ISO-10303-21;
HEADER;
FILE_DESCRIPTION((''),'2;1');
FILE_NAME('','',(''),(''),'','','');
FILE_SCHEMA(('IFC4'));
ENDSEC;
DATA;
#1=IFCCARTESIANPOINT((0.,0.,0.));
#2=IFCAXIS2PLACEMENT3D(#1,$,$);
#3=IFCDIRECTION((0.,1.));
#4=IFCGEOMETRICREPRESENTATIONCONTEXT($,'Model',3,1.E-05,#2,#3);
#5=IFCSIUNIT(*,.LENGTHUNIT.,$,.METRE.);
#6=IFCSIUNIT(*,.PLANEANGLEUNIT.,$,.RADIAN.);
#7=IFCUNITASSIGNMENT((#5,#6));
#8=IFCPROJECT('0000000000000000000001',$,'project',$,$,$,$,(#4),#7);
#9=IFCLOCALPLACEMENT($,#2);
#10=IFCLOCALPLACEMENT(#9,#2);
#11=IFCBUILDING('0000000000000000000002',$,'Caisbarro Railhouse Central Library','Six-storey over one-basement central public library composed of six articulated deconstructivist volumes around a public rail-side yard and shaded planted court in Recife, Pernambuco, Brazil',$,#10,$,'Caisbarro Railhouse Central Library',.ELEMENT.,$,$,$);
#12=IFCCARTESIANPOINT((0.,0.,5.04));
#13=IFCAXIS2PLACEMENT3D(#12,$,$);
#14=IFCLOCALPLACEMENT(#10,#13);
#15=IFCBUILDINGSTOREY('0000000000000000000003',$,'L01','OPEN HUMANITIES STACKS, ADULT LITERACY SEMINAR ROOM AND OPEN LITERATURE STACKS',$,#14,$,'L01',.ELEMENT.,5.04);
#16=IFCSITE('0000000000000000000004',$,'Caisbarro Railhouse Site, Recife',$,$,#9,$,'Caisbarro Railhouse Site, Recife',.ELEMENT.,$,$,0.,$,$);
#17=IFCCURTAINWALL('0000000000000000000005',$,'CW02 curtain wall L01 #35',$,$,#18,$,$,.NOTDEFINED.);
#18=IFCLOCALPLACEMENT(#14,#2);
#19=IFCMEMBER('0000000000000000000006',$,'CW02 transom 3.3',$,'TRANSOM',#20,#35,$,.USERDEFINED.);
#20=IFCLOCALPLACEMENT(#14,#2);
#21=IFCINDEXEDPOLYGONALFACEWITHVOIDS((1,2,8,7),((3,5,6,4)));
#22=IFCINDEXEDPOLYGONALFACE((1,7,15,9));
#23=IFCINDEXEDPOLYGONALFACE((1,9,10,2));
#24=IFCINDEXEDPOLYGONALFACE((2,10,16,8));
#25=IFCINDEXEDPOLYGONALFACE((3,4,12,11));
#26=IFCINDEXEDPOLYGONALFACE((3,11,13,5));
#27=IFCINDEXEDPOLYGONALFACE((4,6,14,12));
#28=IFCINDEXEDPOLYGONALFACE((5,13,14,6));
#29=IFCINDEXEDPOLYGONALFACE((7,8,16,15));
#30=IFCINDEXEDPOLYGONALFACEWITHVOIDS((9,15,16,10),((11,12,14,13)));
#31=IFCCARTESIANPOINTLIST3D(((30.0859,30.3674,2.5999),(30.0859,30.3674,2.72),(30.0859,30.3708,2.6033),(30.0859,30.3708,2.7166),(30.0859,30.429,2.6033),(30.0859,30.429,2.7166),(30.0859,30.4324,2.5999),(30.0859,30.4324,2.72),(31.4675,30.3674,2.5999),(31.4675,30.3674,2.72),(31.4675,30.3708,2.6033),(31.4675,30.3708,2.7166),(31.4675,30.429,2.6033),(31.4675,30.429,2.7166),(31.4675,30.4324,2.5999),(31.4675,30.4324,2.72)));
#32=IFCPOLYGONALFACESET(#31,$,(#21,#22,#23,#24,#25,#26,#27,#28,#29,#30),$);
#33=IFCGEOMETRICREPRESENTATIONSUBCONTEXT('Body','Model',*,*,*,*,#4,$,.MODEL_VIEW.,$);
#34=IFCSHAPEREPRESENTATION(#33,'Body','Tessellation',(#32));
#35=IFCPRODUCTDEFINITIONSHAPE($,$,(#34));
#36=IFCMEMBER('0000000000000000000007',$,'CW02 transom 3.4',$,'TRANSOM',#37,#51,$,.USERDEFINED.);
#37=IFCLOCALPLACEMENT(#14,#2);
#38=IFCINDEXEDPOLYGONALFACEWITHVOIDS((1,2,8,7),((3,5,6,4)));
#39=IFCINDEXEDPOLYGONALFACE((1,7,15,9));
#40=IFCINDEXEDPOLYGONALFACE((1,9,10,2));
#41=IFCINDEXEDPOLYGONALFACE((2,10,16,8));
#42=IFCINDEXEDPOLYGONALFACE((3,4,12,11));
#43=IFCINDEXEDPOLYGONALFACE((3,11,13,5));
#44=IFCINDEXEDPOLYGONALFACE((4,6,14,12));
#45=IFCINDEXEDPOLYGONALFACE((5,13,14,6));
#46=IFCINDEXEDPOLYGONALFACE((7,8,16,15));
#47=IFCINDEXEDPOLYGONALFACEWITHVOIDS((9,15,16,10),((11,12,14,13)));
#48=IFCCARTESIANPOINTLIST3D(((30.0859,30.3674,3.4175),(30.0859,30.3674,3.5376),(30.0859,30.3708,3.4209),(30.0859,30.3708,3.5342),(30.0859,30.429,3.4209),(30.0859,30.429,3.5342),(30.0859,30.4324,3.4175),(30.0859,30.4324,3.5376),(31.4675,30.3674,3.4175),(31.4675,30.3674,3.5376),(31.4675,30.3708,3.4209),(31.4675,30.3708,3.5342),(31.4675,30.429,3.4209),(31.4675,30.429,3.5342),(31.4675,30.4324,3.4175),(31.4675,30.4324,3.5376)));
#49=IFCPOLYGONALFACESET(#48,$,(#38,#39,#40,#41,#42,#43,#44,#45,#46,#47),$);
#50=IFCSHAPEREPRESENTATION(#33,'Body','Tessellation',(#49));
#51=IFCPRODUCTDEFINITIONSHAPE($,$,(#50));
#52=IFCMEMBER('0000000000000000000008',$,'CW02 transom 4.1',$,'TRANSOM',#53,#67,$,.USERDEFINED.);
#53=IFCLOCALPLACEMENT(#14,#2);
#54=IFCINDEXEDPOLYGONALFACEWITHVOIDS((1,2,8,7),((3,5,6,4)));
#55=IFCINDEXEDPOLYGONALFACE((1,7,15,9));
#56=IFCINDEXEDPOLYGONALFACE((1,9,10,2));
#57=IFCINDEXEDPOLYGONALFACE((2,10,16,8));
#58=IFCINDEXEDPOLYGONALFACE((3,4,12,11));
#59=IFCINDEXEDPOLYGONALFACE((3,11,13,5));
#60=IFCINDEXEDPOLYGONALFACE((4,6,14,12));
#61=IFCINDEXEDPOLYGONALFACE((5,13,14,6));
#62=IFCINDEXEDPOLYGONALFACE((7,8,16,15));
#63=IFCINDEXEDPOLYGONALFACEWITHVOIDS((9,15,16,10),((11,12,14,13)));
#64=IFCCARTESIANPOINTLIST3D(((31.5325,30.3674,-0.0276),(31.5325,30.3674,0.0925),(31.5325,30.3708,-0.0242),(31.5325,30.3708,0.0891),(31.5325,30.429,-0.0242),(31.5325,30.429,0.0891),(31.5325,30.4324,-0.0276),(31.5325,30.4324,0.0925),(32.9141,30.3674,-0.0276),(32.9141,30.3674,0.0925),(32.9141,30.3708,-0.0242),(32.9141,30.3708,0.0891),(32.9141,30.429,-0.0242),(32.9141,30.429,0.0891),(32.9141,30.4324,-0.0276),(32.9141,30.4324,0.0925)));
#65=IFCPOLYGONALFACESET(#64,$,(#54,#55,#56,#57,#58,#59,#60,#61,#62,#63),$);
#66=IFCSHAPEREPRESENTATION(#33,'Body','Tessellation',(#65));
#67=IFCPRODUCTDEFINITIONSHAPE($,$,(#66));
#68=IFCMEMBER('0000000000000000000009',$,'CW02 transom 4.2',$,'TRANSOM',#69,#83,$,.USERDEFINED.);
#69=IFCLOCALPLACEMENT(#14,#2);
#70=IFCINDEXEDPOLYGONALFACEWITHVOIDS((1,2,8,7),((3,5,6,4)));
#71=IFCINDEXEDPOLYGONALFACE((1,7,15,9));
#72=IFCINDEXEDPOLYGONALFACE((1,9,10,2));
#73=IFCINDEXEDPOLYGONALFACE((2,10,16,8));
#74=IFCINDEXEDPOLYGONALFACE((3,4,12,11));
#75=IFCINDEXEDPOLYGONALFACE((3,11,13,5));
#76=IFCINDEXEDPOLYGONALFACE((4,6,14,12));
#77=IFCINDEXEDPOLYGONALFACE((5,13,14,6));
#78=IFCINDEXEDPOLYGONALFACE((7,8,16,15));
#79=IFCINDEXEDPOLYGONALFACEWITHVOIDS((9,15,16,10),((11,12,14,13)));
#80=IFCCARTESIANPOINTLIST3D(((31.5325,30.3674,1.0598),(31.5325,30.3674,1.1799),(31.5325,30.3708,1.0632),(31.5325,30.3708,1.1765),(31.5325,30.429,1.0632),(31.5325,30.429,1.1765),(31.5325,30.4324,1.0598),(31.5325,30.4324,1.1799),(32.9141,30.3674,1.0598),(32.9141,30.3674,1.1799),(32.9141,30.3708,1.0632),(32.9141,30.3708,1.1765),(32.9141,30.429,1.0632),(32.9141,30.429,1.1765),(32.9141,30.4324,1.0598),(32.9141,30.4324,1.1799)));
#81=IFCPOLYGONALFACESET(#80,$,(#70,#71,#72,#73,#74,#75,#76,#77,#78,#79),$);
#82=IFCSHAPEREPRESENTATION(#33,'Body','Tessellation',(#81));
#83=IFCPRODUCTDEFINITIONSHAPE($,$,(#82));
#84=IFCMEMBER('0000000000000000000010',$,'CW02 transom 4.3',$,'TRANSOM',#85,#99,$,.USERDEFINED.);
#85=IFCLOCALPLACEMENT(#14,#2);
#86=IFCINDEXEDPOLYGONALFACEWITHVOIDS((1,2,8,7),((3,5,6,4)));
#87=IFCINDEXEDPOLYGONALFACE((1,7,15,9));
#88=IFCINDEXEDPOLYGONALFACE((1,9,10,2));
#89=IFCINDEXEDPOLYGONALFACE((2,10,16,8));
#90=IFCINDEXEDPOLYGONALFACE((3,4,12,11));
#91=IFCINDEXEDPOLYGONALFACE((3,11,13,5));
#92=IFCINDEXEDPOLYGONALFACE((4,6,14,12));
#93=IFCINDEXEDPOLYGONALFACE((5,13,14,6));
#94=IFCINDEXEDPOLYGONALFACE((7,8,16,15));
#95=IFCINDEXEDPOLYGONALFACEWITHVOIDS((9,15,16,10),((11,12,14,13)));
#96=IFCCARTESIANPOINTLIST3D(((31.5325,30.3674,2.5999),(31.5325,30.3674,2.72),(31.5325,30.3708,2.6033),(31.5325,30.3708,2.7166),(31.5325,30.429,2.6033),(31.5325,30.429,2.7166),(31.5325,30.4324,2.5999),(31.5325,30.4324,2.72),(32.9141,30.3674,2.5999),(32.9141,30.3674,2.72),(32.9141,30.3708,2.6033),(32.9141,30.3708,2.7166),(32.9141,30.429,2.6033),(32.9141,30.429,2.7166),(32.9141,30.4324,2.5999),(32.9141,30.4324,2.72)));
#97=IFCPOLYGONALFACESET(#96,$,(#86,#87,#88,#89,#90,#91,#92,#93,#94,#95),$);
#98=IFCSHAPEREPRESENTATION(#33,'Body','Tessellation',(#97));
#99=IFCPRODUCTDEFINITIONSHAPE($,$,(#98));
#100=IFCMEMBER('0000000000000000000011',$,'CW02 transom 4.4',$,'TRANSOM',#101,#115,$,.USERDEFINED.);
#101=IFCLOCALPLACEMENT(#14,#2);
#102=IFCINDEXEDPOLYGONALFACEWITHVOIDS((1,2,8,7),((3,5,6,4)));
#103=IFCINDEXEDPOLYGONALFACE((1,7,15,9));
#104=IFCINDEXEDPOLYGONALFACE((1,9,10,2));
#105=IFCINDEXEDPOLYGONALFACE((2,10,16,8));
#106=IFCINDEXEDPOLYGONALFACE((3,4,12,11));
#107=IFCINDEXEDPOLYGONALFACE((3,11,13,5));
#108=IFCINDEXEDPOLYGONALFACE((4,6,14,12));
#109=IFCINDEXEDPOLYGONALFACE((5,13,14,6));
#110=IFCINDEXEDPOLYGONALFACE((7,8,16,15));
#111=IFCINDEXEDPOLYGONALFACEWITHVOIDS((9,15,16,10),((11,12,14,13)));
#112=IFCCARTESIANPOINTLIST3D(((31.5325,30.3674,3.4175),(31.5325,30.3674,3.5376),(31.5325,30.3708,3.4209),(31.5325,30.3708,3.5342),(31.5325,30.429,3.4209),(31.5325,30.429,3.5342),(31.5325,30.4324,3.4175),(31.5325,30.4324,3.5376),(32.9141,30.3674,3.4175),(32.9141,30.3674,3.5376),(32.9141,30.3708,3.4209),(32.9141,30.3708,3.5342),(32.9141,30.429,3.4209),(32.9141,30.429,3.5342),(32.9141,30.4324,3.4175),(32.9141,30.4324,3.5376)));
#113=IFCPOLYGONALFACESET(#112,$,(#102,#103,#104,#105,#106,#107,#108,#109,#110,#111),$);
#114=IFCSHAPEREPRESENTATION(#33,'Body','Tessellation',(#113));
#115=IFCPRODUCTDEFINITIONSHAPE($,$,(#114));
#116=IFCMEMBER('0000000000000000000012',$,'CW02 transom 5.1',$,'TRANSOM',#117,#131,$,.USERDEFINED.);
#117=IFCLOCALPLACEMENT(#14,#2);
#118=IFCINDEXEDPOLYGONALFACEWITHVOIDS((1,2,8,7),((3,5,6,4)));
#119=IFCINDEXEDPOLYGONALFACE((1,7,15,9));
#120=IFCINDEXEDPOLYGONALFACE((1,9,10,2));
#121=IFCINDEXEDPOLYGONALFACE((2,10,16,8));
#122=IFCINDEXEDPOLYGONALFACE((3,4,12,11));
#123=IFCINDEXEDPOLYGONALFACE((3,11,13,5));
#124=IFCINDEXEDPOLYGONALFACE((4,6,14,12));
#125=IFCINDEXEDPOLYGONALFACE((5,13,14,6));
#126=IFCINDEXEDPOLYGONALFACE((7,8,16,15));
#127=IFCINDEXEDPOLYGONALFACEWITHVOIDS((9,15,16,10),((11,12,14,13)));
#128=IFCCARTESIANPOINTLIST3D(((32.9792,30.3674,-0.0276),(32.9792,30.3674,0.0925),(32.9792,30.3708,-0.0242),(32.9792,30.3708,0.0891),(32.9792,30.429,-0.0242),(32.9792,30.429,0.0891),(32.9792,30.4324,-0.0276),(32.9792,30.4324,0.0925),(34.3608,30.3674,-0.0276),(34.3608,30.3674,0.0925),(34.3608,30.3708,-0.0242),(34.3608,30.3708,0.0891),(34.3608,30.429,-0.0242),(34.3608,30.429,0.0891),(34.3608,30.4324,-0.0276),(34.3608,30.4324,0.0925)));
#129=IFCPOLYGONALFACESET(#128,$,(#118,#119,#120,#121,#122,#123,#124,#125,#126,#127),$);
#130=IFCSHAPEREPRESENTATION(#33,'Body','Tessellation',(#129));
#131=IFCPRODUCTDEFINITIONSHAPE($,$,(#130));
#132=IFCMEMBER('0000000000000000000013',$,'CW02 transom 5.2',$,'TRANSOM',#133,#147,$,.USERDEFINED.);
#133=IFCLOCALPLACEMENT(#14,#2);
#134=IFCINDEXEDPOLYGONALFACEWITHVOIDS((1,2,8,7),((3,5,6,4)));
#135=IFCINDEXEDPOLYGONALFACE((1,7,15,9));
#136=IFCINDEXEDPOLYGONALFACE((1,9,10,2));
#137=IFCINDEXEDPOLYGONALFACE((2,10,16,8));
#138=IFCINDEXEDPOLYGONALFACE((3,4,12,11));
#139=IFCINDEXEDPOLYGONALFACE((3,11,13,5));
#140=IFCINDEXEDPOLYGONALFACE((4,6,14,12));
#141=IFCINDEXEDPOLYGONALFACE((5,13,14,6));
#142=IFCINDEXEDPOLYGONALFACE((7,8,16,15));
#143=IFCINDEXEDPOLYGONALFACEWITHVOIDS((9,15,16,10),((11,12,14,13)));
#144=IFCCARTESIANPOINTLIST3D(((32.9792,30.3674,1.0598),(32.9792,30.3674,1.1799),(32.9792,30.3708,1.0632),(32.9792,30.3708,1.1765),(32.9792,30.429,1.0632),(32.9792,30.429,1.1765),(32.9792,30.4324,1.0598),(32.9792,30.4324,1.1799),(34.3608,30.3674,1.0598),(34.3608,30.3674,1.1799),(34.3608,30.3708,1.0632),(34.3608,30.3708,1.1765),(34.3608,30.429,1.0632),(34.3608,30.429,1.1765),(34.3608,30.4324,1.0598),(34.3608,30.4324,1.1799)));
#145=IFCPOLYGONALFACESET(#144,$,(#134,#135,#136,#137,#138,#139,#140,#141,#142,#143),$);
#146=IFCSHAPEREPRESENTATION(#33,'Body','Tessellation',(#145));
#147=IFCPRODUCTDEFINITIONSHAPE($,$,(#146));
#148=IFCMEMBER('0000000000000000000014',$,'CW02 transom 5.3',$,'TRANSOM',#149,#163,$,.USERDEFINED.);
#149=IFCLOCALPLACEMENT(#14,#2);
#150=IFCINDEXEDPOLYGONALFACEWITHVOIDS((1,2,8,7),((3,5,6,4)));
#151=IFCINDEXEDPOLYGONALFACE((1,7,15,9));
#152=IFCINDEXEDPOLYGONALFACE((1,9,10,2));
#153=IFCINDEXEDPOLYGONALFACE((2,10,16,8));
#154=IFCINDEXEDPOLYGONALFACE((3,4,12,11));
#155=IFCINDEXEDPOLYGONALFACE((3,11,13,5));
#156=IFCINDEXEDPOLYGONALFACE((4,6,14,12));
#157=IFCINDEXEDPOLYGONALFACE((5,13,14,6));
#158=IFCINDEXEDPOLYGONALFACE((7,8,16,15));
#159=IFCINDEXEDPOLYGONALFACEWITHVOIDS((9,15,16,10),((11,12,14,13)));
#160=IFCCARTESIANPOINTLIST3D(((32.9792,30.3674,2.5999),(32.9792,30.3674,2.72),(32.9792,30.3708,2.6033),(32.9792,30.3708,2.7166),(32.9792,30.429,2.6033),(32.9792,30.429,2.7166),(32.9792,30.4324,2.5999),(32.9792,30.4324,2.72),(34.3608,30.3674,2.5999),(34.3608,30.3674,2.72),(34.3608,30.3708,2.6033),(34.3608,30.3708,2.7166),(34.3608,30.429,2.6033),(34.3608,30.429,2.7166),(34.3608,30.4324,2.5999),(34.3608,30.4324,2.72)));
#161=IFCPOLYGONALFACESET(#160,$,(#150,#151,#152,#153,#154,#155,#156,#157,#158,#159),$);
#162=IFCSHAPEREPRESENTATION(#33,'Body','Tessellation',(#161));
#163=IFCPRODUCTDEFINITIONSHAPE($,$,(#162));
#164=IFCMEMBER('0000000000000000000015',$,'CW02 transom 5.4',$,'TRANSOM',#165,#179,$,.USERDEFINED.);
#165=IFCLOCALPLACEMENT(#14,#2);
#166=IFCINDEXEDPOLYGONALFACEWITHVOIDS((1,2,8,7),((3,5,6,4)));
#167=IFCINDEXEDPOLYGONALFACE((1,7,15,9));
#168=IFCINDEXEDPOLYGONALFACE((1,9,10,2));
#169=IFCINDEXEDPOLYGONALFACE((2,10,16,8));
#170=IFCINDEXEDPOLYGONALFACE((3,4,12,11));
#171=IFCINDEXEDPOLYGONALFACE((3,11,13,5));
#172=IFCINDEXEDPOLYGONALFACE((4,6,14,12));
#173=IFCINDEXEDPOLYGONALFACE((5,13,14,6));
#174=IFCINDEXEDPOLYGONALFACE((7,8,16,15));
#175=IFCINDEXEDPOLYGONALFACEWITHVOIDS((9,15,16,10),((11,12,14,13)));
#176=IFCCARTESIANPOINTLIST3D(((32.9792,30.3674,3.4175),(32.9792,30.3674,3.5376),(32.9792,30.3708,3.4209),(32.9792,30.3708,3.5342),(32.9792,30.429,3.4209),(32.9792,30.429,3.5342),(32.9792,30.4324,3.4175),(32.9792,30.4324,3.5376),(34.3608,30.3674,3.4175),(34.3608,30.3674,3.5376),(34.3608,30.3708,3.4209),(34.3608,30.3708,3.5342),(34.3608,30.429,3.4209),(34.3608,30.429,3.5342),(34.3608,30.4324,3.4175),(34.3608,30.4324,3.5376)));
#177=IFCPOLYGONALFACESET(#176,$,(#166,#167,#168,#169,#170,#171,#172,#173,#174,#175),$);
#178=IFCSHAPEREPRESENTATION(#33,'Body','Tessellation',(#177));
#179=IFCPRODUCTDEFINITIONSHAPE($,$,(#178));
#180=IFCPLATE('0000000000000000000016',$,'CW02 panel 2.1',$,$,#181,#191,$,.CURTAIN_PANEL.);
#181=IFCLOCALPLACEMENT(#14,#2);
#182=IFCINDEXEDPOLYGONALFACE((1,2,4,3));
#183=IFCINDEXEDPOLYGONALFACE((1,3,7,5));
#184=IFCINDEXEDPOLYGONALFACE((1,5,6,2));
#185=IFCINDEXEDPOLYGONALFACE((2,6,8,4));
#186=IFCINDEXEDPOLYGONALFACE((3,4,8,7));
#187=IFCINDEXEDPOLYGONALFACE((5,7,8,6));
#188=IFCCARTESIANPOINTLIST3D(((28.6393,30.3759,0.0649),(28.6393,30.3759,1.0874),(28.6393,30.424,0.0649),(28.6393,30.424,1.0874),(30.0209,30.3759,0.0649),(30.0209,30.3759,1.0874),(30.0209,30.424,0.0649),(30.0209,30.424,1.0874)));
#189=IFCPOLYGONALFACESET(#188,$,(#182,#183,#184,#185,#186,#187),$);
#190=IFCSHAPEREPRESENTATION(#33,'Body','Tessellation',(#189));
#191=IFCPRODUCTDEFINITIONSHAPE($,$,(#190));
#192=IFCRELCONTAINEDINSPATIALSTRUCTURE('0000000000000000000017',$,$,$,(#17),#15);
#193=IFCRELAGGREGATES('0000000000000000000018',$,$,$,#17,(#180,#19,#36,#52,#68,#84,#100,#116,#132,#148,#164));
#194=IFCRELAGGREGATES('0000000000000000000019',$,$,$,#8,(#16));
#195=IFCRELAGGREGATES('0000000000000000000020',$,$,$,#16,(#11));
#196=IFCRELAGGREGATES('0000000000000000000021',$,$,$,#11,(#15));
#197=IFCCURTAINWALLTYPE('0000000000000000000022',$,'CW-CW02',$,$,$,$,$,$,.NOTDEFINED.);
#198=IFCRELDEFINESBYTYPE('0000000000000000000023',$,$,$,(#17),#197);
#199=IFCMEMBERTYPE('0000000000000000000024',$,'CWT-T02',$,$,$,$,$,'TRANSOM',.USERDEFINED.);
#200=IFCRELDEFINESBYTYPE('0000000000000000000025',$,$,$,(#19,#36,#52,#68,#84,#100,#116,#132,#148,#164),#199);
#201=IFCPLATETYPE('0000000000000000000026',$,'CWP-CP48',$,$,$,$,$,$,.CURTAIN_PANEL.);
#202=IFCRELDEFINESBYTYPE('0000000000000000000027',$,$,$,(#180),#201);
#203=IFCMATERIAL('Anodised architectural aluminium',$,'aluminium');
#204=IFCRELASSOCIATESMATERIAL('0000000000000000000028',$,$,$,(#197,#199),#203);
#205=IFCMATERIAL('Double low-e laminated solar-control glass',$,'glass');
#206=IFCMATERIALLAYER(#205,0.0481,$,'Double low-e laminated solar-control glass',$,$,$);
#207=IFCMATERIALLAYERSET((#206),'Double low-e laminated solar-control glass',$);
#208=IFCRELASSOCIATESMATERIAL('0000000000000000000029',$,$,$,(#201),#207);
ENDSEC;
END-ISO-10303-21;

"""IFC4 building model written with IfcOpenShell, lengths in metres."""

from ifc_helpers import new_model, si_unit, direction, frame, origin, origin_2d, place, context, subcontext, project, spatial, rectangle, hollow_rectangle, extrude, material, layer, layer_set, material_profile, profile_set, type_object, element, aggregate, save


model = new_model("IFC4")

# Units and contexts
model_context = context("Model", 3, precision=1e-05, world=origin(), true_north=direction((0.0, 1.0)))
body_context = subcontext(model_context, "Body", "Model", "MODEL_VIEW")
ifc_project = project(units=[si_unit("LENGTHUNIT", "METRE"), si_unit("PLANEANGLEUNIT", "RADIAN")], contexts=[model_context])

# Site, building, storey
site_placement = place(None, origin())
site = spatial("IfcSite", under=ifc_project, at=site_placement, Name="Caisbarro Railhouse Site, Recife", LongName="Caisbarro Railhouse Site, Recife", CompositionType="ELEMENT", RefElevation=0.0)
building_placement = place(site_placement, origin())
building = spatial("IfcBuilding", under=site, at=building_placement, Name="Caisbarro Railhouse Central Library", Description="Six-storey over one-basement central public library composed of six articulated deconstructivist volumes around a public rail-side yard and shaded planted court in Recife, Pernambuco, Brazil", LongName="Caisbarro Railhouse Central Library", CompositionType="ELEMENT")
storey_placement = place(building_placement, frame((0.0, 0.0, 5.04)))
storey = spatial("IfcBuildingStorey", under=building, at=storey_placement, Name="L01", Description="OPEN HUMANITIES STACKS, ADULT LITERACY SEMINAR ROOM AND OPEN LITERATURE STACKS", LongName="L01", CompositionType="ELEMENT", Elevation=5.04)

# Curtain wall, members, plate
ifc_material_1 = material(Name="Anodised architectural aluminium", Category="aluminium")
curtain_wall_type = type_object("IfcCurtainWallType", Name="CW-CW02", PredefinedType="NOTDEFINED", material=ifc_material_1)
curtain_wall_placement = place(storey_placement, origin())
curtain_wall = element("IfcCurtainWall", 1, at=curtain_wall_placement, inside=storey, type_object=curtain_wall_type, Name="CW02 curtain wall L01 #35", PredefinedType="NOTDEFINED")
ifc_material_profile_1 = material_profile(ifc_material_1, hollow_rectangle(XDim=0.0649, YDim=0.1201, WallThickness=0.0034, at=origin_2d()), Name="ALU-TRN-65X120")
ifc_profile_set_1 = profile_set([ifc_material_profile_1], Name="Anodised architectural aluminium")
member_type_1 = type_object("IfcMemberType", Name="CWT-T02", ElementType="TRANSOM", PredefinedType="USERDEFINED", material=ifc_profile_set_1)
member_1_placement = place(storey_placement, frame((30.0859, 30.3999, 2.6599), z_axis=(1.0, 0.0, 0.0), x_axis=(0.0, 1.0, 0.0)))
member_1 = element("IfcMember", 2, at=member_1_placement, type_object=member_type_1, Name="CW02 transom 3.3", ObjectType="TRANSOM", PredefinedType="USERDEFINED", context=body_context, shape_type="SweptSolid", body=[
    extrude(hollow_rectangle(XDim=0.0649, YDim=0.1201, WallThickness=0.0034, at=origin_2d()), origin(), (0.0, 0.0, 1.0), 1.3816),
])
member_2_placement = place(storey_placement, frame((30.0859, 30.3999, 3.4775), z_axis=(1.0, 0.0, 0.0), x_axis=(0.0, 1.0, 0.0)))
member_2 = element("IfcMember", 3, at=member_2_placement, type_object=member_type_1, Name="CW02 transom 3.4", ObjectType="TRANSOM", PredefinedType="USERDEFINED", context=body_context, shape_type="SweptSolid", body=[
    extrude(hollow_rectangle(XDim=0.0649, YDim=0.1201, WallThickness=0.0034, at=origin_2d()), origin(), (0.0, 0.0, 1.0), 1.3816),
])
member_3_placement = place(storey_placement, frame((31.5325, 30.3999, 0.0325), z_axis=(1.0, 0.0, 0.0), x_axis=(0.0, 1.0, 0.0)))
member_3 = element("IfcMember", 4, at=member_3_placement, type_object=member_type_1, Name="CW02 transom 4.1", ObjectType="TRANSOM", PredefinedType="USERDEFINED", context=body_context, shape_type="SweptSolid", body=[
    extrude(hollow_rectangle(XDim=0.0649, YDim=0.1201, WallThickness=0.0034, at=origin_2d()), origin(), (0.0, 0.0, 1.0), 1.3816),
])
member_4_placement = place(storey_placement, frame((31.5325, 30.3999, 1.1199), z_axis=(1.0, 0.0, 0.0), x_axis=(0.0, 1.0, 0.0)))
member_4 = element("IfcMember", 5, at=member_4_placement, type_object=member_type_1, Name="CW02 transom 4.2", ObjectType="TRANSOM", PredefinedType="USERDEFINED", context=body_context, shape_type="SweptSolid", body=[
    extrude(hollow_rectangle(XDim=0.0649, YDim=0.1201, WallThickness=0.0034, at=origin_2d()), origin(), (0.0, 0.0, 1.0), 1.3816),
])
member_5_placement = place(storey_placement, frame((31.5325, 30.3999, 2.6599), z_axis=(1.0, 0.0, 0.0), x_axis=(0.0, 1.0, 0.0)))
member_5 = element("IfcMember", 6, at=member_5_placement, type_object=member_type_1, Name="CW02 transom 4.3", ObjectType="TRANSOM", PredefinedType="USERDEFINED", context=body_context, shape_type="SweptSolid", body=[
    extrude(hollow_rectangle(XDim=0.0649, YDim=0.1201, WallThickness=0.0034, at=origin_2d()), origin(), (0.0, 0.0, 1.0), 1.3816),
])
member_6_placement = place(storey_placement, frame((31.5325, 30.3999, 3.4775), z_axis=(1.0, 0.0, 0.0), x_axis=(0.0, 1.0, 0.0)))
member_6 = element("IfcMember", 7, at=member_6_placement, type_object=member_type_1, Name="CW02 transom 4.4", ObjectType="TRANSOM", PredefinedType="USERDEFINED", context=body_context, shape_type="SweptSolid", body=[
    extrude(hollow_rectangle(XDim=0.0649, YDim=0.1201, WallThickness=0.0034, at=origin_2d()), origin(), (0.0, 0.0, 1.0), 1.3816),
])
member_7_placement = place(storey_placement, frame((32.9792, 30.3999, 0.0325), z_axis=(1.0, 0.0, 0.0), x_axis=(0.0, 1.0, 0.0)))
member_7 = element("IfcMember", 8, at=member_7_placement, type_object=member_type_1, Name="CW02 transom 5.1", ObjectType="TRANSOM", PredefinedType="USERDEFINED", context=body_context, shape_type="SweptSolid", body=[
    extrude(hollow_rectangle(XDim=0.0649, YDim=0.1201, WallThickness=0.0034, at=origin_2d()), origin(), (0.0, 0.0, 1.0), 1.3816),
])
member_8_placement = place(storey_placement, frame((32.9792, 30.3999, 1.1199), z_axis=(1.0, 0.0, 0.0), x_axis=(0.0, 1.0, 0.0)))
member_8 = element("IfcMember", 9, at=member_8_placement, type_object=member_type_1, Name="CW02 transom 5.2", ObjectType="TRANSOM", PredefinedType="USERDEFINED", context=body_context, shape_type="SweptSolid", body=[
    extrude(hollow_rectangle(XDim=0.0649, YDim=0.1201, WallThickness=0.0034, at=origin_2d()), origin(), (0.0, 0.0, 1.0), 1.3816),
])
member_9_placement = place(storey_placement, frame((32.9792, 30.3999, 2.6599), z_axis=(1.0, 0.0, 0.0), x_axis=(0.0, 1.0, 0.0)))
member_9 = element("IfcMember", 10, at=member_9_placement, type_object=member_type_1, Name="CW02 transom 5.3", ObjectType="TRANSOM", PredefinedType="USERDEFINED", context=body_context, shape_type="SweptSolid", body=[
    extrude(hollow_rectangle(XDim=0.0649, YDim=0.1201, WallThickness=0.0034, at=origin_2d()), origin(), (0.0, 0.0, 1.0), 1.3816),
])
member_10_placement = place(storey_placement, frame((32.9792, 30.3999, 3.4775), z_axis=(1.0, 0.0, 0.0), x_axis=(0.0, 1.0, 0.0)))
member_10 = element("IfcMember", 11, at=member_10_placement, type_object=member_type_1, Name="CW02 transom 5.4", ObjectType="TRANSOM", PredefinedType="USERDEFINED", context=body_context, shape_type="SweptSolid", body=[
    extrude(hollow_rectangle(XDim=0.0649, YDim=0.1201, WallThickness=0.0034, at=origin_2d()), origin(), (0.0, 0.0, 1.0), 1.3816),
])
ifc_material_2 = material(Name="Double low-e laminated solar-control glass", Category="glass")
ifc_layer = layer(ifc_material_2, 0.0481, Name="Double low-e laminated solar-control glass")
ifc_layer_set = layer_set([ifc_layer], Name="Double low-e laminated solar-control glass")
plate_type = type_object("IfcPlateType", Name="CWP-CP48", PredefinedType="CURTAIN_PANEL", material=ifc_layer_set)
plate_1_placement = place(storey_placement, frame((29.3301, 30.3999, 0.0649), z_axis=(0.0, 0.0, 1.0), x_axis=(1.0, 0.0, 0.0)))
plate_1 = element("IfcPlate", 12, at=plate_1_placement, type_object=plate_type, Name="CW02 panel 2.1", PredefinedType="CURTAIN_PANEL", context=body_context, shape_type="SweptSolid", body=[
    extrude(rectangle(XDim=1.3816, YDim=0.0481, at=origin_2d()), origin(), (0.0, 0.0, 1.0), 1.0225),
])
aggregate(curtain_wall, [plate_1, member_1, member_2, member_3, member_4, member_5, member_6, member_7, member_8, member_9, member_10])

save(model, "model.ifc")
